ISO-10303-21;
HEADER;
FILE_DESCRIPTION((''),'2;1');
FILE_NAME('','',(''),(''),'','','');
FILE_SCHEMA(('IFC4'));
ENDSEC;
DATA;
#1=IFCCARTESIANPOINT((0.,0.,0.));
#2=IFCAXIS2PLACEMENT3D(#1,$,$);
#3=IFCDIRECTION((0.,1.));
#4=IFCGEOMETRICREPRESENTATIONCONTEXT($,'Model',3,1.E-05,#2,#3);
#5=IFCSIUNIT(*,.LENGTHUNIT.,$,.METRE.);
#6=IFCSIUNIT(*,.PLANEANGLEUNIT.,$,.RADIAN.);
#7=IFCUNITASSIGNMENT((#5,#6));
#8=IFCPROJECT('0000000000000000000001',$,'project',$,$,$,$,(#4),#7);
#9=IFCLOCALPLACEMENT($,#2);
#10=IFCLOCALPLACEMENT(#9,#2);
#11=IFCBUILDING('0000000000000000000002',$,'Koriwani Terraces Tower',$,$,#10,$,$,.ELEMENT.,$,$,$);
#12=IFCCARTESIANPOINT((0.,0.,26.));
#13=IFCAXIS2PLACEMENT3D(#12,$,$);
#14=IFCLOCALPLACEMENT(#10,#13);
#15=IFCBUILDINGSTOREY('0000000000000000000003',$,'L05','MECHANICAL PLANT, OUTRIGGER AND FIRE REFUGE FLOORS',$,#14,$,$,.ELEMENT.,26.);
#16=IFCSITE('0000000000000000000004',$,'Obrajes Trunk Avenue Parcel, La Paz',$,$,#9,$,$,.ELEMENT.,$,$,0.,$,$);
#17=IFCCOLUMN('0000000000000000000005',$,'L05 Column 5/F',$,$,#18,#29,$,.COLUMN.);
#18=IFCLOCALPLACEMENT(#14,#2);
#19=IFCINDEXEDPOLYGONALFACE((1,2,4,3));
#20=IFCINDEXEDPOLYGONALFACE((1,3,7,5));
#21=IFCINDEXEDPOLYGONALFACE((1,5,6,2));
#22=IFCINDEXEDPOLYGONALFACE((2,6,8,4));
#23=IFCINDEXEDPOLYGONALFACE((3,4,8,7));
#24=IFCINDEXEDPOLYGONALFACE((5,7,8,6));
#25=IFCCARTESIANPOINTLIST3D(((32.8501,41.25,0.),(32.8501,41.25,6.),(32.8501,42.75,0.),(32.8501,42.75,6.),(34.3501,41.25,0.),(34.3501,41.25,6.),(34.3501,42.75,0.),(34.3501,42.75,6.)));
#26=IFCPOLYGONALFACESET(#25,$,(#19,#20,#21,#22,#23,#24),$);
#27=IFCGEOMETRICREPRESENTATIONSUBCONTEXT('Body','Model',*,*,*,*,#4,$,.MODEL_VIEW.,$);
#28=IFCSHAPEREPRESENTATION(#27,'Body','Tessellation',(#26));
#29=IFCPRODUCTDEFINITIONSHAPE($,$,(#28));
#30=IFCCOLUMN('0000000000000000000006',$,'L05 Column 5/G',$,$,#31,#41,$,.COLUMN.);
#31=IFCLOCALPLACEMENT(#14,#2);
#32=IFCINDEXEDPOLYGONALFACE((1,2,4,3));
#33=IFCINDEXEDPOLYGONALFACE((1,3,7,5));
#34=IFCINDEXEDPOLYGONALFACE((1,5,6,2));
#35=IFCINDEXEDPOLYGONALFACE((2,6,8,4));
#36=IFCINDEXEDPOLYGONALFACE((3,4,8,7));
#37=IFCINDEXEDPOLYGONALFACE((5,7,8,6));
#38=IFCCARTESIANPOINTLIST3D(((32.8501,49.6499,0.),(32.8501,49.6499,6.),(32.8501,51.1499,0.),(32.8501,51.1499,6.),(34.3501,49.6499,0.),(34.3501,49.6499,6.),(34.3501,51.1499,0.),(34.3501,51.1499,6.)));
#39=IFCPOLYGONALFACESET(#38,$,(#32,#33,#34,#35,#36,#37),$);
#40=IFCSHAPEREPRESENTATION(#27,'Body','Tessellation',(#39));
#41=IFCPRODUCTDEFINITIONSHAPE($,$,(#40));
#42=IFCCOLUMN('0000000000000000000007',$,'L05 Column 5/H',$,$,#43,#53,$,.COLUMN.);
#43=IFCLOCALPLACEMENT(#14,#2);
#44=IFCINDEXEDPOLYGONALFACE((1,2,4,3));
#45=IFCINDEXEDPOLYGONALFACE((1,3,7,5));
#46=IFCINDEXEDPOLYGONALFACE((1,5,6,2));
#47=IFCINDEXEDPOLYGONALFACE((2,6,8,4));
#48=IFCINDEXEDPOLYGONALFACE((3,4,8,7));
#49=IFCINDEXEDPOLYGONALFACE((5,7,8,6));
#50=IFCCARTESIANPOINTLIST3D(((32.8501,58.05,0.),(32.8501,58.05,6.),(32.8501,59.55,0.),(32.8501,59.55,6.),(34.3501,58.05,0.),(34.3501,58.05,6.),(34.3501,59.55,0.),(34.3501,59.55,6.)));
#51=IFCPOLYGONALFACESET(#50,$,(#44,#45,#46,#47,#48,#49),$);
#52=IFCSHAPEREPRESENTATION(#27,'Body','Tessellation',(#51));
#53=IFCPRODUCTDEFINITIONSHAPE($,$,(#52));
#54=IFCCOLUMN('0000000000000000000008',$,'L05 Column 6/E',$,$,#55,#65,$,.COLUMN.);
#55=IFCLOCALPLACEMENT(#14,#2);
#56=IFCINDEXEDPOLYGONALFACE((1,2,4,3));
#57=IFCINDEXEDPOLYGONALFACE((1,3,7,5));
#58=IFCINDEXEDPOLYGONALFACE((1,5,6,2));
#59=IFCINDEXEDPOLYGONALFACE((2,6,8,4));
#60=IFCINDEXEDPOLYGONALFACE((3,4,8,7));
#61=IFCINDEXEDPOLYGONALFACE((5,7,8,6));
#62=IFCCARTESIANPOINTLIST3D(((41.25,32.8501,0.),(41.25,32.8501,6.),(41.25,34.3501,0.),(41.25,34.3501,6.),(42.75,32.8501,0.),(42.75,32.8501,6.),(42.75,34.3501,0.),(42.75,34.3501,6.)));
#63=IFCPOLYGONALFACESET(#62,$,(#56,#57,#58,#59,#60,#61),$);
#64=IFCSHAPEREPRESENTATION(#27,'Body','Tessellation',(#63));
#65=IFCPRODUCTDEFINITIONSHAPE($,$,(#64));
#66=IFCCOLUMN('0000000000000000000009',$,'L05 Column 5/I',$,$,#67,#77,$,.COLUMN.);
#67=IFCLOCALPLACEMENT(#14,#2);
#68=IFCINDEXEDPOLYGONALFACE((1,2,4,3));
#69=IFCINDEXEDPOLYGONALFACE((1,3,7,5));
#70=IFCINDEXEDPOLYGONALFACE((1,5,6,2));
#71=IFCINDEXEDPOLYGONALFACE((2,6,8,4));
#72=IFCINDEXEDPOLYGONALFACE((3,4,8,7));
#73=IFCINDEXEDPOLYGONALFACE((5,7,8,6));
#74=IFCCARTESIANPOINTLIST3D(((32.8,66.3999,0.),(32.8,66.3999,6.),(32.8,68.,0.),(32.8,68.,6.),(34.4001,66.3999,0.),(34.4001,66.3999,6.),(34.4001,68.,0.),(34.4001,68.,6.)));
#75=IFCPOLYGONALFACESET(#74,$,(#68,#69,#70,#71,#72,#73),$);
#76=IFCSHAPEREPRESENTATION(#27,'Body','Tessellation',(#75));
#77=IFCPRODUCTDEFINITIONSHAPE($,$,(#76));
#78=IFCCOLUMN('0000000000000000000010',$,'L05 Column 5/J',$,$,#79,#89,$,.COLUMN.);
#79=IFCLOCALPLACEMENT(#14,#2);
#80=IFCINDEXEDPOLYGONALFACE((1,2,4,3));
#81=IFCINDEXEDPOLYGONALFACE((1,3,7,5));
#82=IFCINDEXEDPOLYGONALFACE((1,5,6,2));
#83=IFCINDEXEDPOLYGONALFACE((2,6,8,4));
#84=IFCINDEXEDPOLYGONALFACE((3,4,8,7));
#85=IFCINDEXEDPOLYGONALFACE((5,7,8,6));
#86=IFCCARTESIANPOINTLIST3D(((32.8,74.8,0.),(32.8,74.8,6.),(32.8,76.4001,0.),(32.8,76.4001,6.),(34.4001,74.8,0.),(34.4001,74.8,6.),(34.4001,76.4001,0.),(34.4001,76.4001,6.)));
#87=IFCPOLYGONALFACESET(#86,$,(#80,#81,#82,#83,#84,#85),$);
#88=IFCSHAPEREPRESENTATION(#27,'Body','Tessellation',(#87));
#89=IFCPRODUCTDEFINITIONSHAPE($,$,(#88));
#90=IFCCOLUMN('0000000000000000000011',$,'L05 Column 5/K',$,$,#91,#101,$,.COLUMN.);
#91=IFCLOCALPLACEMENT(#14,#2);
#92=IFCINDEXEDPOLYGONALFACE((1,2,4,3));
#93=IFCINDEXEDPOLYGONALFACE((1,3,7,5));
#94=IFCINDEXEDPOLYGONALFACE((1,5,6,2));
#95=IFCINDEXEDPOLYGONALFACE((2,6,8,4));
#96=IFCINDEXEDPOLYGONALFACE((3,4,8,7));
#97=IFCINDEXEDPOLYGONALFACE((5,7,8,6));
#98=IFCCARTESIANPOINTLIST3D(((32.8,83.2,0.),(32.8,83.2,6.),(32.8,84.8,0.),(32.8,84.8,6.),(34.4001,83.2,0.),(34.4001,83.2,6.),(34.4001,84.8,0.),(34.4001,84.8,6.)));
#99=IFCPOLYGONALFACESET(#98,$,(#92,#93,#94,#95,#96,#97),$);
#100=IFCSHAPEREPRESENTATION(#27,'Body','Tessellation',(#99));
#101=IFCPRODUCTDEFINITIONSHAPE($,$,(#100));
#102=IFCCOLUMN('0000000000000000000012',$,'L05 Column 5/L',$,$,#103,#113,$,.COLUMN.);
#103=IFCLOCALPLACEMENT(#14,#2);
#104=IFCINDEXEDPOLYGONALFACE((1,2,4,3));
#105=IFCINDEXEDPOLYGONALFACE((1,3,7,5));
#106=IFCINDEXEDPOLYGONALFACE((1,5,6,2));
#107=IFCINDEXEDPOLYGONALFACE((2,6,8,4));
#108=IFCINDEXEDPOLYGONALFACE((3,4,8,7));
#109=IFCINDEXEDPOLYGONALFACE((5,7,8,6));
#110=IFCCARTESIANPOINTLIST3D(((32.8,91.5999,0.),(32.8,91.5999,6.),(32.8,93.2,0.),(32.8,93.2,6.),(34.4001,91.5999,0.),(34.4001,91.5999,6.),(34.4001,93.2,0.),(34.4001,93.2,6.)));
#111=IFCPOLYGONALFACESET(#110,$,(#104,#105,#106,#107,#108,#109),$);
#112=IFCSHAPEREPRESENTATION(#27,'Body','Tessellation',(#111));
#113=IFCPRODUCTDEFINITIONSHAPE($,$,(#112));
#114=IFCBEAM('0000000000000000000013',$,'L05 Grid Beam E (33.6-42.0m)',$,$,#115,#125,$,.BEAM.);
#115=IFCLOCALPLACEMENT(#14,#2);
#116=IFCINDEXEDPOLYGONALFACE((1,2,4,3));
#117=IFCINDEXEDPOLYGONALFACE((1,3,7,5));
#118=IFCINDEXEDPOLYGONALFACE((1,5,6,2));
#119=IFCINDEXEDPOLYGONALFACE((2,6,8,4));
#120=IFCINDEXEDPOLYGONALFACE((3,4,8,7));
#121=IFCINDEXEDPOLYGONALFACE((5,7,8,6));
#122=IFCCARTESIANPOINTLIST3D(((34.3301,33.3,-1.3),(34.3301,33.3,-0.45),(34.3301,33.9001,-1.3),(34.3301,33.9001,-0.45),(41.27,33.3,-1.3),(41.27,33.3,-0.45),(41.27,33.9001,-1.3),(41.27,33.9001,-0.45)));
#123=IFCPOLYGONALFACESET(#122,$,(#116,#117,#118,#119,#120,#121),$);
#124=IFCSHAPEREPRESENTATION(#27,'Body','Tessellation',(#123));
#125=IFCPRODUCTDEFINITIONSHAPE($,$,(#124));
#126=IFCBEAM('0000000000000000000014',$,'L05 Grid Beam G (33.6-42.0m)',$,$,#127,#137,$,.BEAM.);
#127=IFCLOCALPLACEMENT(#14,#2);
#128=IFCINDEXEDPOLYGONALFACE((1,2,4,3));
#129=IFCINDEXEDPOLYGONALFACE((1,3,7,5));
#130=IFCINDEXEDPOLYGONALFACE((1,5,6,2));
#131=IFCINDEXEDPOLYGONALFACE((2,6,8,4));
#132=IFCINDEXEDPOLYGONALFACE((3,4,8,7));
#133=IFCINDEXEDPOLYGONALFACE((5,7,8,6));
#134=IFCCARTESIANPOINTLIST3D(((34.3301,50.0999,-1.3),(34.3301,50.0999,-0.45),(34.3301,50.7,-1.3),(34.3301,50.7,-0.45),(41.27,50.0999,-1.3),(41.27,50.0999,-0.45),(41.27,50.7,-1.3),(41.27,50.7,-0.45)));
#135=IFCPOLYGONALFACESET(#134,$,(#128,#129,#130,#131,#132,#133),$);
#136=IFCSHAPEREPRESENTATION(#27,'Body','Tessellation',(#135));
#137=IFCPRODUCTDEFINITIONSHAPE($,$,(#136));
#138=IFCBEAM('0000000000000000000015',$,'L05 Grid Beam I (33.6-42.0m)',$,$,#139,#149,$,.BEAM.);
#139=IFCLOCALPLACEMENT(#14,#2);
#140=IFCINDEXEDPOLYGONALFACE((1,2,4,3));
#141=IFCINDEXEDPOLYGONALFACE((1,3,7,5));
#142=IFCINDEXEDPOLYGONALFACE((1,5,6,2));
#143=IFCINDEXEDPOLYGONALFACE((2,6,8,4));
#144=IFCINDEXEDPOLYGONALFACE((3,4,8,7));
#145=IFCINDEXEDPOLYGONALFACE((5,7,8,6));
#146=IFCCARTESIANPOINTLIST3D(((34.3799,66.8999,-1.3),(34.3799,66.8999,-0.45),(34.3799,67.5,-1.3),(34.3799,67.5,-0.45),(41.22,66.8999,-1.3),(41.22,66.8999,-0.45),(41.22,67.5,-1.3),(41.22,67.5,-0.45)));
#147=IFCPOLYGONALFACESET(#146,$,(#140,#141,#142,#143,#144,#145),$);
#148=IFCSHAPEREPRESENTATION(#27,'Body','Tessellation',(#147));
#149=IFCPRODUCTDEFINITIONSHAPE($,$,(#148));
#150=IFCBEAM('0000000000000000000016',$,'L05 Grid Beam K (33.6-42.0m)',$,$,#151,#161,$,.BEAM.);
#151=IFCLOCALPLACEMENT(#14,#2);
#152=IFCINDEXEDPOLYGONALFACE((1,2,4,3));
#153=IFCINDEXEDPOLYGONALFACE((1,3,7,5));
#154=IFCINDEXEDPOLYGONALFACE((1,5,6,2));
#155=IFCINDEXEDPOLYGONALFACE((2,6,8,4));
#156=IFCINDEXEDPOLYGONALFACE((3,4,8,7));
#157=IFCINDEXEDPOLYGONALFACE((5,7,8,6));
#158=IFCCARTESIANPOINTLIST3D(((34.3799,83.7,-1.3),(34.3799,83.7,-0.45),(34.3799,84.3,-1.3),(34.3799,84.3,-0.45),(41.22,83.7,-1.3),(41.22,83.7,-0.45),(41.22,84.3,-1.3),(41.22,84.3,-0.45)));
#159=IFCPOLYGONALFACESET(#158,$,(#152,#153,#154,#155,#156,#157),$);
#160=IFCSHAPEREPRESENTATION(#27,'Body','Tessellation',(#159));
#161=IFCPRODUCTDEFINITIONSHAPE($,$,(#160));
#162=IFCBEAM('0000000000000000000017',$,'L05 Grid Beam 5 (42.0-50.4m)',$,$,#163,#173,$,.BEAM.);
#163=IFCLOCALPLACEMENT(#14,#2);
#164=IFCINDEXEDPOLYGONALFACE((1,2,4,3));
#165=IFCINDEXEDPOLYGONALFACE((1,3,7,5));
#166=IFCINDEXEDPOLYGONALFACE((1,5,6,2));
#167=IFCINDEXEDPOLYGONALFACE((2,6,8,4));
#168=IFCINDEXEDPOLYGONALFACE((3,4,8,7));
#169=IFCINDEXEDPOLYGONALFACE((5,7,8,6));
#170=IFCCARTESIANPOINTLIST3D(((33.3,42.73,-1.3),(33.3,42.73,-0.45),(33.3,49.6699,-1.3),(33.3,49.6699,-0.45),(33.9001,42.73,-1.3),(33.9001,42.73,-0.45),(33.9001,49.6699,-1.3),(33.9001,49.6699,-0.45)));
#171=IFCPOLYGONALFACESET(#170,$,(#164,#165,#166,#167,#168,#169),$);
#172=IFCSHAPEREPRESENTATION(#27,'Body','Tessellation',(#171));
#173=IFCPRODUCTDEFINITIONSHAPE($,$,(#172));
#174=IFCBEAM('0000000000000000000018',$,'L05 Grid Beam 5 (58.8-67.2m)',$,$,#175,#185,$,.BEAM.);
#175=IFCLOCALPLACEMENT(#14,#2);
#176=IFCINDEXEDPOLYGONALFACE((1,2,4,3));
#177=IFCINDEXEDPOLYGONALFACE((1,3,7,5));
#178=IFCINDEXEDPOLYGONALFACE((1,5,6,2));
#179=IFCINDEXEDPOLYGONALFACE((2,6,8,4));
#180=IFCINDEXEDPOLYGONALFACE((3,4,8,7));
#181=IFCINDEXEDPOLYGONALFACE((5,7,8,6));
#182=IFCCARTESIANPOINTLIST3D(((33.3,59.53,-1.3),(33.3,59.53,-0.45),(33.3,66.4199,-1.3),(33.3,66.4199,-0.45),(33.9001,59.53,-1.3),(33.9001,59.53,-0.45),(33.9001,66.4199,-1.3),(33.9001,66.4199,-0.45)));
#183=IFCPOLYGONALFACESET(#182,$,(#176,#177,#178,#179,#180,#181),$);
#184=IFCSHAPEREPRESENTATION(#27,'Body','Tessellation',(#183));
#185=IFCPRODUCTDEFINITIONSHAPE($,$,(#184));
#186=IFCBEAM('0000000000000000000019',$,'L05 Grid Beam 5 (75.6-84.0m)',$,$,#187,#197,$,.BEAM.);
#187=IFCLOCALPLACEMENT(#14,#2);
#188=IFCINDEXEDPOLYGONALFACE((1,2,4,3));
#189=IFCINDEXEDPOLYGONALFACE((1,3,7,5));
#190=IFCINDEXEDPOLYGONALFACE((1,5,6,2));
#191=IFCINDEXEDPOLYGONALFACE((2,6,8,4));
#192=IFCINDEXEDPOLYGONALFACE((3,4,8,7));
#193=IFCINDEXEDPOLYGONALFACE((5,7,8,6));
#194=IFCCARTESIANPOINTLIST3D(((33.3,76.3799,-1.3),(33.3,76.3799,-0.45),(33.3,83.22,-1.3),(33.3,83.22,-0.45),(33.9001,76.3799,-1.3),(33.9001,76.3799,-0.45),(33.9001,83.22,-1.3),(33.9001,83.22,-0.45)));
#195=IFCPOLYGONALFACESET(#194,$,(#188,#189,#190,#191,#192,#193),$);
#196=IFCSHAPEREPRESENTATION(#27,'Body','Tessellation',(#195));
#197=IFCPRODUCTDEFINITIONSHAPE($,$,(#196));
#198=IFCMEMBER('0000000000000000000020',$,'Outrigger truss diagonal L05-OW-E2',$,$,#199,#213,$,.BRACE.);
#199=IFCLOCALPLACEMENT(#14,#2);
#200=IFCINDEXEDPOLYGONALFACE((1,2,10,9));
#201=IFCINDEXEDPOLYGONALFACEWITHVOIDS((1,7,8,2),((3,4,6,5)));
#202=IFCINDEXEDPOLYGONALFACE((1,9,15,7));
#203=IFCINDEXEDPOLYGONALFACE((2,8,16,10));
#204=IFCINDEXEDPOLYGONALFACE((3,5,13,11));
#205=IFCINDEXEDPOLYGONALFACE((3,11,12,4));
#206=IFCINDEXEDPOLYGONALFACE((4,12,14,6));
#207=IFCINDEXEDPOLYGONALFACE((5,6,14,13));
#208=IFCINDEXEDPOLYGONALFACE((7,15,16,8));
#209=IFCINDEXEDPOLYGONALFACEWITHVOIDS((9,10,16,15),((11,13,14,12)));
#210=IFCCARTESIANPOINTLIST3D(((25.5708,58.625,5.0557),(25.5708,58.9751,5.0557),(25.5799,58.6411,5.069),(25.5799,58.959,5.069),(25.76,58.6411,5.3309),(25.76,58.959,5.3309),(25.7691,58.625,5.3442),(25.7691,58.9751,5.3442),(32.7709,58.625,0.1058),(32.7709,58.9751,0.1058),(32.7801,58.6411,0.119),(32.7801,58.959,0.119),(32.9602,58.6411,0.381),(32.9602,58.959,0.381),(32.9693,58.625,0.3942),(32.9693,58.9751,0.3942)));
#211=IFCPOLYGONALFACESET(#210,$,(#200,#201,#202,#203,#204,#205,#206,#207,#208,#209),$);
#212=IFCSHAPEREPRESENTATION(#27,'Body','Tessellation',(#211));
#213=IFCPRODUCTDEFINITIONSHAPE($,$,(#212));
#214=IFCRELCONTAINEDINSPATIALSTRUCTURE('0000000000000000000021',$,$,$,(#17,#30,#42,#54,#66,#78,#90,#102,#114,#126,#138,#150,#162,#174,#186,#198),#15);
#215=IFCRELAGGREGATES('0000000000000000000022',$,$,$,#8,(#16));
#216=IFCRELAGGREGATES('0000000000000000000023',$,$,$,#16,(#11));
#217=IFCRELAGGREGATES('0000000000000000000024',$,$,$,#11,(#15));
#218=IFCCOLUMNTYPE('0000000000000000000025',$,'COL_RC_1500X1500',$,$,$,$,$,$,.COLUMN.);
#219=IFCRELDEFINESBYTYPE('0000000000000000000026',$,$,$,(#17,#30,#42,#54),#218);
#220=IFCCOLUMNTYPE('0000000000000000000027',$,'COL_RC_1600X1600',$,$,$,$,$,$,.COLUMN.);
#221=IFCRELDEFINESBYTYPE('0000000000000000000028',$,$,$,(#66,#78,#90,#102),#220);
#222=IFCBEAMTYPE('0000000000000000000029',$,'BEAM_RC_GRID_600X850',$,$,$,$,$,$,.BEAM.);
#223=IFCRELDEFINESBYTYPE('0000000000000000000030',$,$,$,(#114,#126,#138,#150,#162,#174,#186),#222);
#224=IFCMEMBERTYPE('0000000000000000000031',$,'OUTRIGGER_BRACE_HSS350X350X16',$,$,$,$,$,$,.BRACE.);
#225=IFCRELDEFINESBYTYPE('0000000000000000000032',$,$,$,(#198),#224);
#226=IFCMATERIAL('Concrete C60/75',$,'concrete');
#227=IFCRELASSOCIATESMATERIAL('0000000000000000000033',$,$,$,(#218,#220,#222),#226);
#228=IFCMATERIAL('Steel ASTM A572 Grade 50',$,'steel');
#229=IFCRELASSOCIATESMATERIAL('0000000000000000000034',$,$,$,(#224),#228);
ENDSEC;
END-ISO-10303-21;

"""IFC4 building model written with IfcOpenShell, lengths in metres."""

from ifc_helpers import new_model, si_unit, direction, frame, origin, origin_2d, place, context, subcontext, project, spatial, rectangle, hollow_rectangle, extrude, material, material_profile, profile_set, type_object, element, save


model = new_model("IFC4")

# Units and contexts
model_context = context("Model", 3, precision=1e-05, world=origin(), true_north=direction((0.0, 1.0)))
body_context = subcontext(model_context, "Body", "Model", "MODEL_VIEW")
ifc_project = project(units=[si_unit("LENGTHUNIT", "METRE"), si_unit("PLANEANGLEUNIT", "RADIAN")], contexts=[model_context])

# Site, building, storey
site_placement = place(None, origin())
site = spatial("IfcSite", under=ifc_project, at=site_placement, Name="Obrajes Trunk Avenue Parcel, La Paz", CompositionType="ELEMENT", RefElevation=0.0)
building_placement = place(site_placement, origin())
building = spatial("IfcBuilding", under=site, at=building_placement, Name="Koriwani Terraces Tower", CompositionType="ELEMENT")
storey_placement = place(building_placement, frame((0.0, 0.0, 26.0)))
storey = spatial("IfcBuildingStorey", under=building, at=storey_placement, Name="L05", Description="MECHANICAL PLANT, OUTRIGGER AND FIRE REFUGE FLOORS", CompositionType="ELEMENT", Elevation=26.0)

# Columns
ifc_material_1 = material(Name="Concrete C60/75", Category="concrete")
ifc_material_profile_1 = material_profile(ifc_material_1, rectangle(XDim=1.5, YDim=1.5, at=origin_2d()), Name="Concrete C60/75", Category="LoadBearing")
ifc_profile_set_1 = profile_set([ifc_material_profile_1], Name="Concrete C60/75")
column_type_1 = type_object("IfcColumnType", Name="COL_RC_1500X1500", PredefinedType="COLUMN", material=ifc_profile_set_1)
for number, where, z_axis, x_axis, name in (
    (1, (33.6001, 42.0, 0.0), (0.0, 0.0, 1.0), (1.0, 0.0, 0.0), "L05 Column 5/F"),
    (2, (33.6001, 50.3999, 0.0), (0.0, 0.0, 1.0), (1.0, 0.0, 0.0), "L05 Column 5/G"),
    (3, (33.6001, 58.8, 0.0), (0.0, 0.0, 1.0), (1.0, 0.0, 0.0), "L05 Column 5/H"),
    (4, (42.0, 33.6001, 0.0), (0.0, 0.0, 1.0), (1.0, 0.0, 0.0), "L05 Column 6/E"),
):
    element("IfcColumn", number, at=place(storey_placement, frame(where, z_axis=z_axis, x_axis=x_axis)), inside=storey, type_object=column_type_1, Name=name, PredefinedType="COLUMN", context=body_context, shape_type="SweptSolid", body=[
        extrude(rectangle(XDim=1.5, YDim=1.5, at=origin_2d()), origin(), (0.0, 0.0, 1.0), 6.0),
    ])
ifc_material_profile_2 = material_profile(ifc_material_1, rectangle(XDim=1.6001, YDim=1.6001, at=origin_2d()), Name="Concrete C60/75", Category="LoadBearing")
ifc_profile_set_2 = profile_set([ifc_material_profile_2], Name="Concrete C60/75")
column_type_2 = type_object("IfcColumnType", Name="COL_RC_1600X1600", PredefinedType="COLUMN", material=ifc_profile_set_2)
for number, where, z_axis, x_axis, name in (
    (5, (33.6001, 67.2, 0.0), (0.0, 0.0, 1.0), (1.0, 0.0, 0.0), "L05 Column 5/I"),
    (6, (33.6001, 75.6001, 0.0), (0.0, 0.0, 1.0), (1.0, 0.0, 0.0), "L05 Column 5/J"),
    (7, (33.6001, 84.0, 0.0), (0.0, 0.0, 1.0), (1.0, 0.0, 0.0), "L05 Column 5/K"),
    (8, (33.6001, 92.3999, 0.0), (0.0, 0.0, 1.0), (1.0, 0.0, 0.0), "L05 Column 5/L"),
):
    element("IfcColumn", number, at=place(storey_placement, frame(where, z_axis=z_axis, x_axis=x_axis)), inside=storey, type_object=column_type_2, Name=name, PredefinedType="COLUMN", context=body_context, shape_type="SweptSolid", body=[
        extrude(rectangle(XDim=1.6001, YDim=1.6001, at=origin_2d()), origin(), (0.0, 0.0, 1.0), 6.0),
    ])

# Beams
ifc_material_profile_3 = material_profile(ifc_material_1, rectangle(XDim=0.6001, YDim=0.8501, at=origin_2d()), Name="Concrete C60/75", Category="LoadBearing")
ifc_profile_set_3 = profile_set([ifc_material_profile_3], Name="Concrete C60/75")
beam_type_1 = type_object("IfcBeamType", Name="BEAM_RC_GRID_600X850", PredefinedType="BEAM", material=ifc_profile_set_3)
for number, where, z_axis, x_axis, name in (
    (9, (34.3301, 33.6001, -0.875), (1.0, 0.0, 0.0), (0.0, 1.0, 0.0), "L05 Grid Beam E (33.6-42.0m)"),
    (10, (34.3301, 50.3999, -0.875), (1.0, 0.0, 0.0), (0.0, 1.0, 0.0), "L05 Grid Beam G (33.6-42.0m)"),
):
    element("IfcBeam", number, at=place(storey_placement, frame(where, z_axis=z_axis, x_axis=x_axis)), inside=storey, type_object=beam_type_1, Name=name, PredefinedType="BEAM", context=body_context, shape_type="SweptSolid", body=[
        extrude(rectangle(XDim=0.6001, YDim=0.8501, at=origin_2d()), origin(), (0.0, 0.0, 1.0), 6.9399),
    ])
for number, where, z_axis, x_axis, name in (
    (11, (34.3799, 67.2, -0.875), (1.0, 0.0, 0.0), (0.0, 1.0, 0.0), "L05 Grid Beam I (33.6-42.0m)"),
    (12, (34.3799, 84.0, -0.875), (1.0, 0.0, 0.0), (0.0, 1.0, 0.0), "L05 Grid Beam K (33.6-42.0m)"),
):
    element("IfcBeam", number, at=place(storey_placement, frame(where, z_axis=z_axis, x_axis=x_axis)), inside=storey, type_object=beam_type_1, Name=name, PredefinedType="BEAM", context=body_context, shape_type="SweptSolid", body=[
        extrude(rectangle(XDim=0.6001, YDim=0.8501, at=origin_2d()), origin(), (0.0, 0.0, 1.0), 6.8401),
    ])
beam_1_placement = place(storey_placement, frame((33.6001, 42.73, -0.875), z_axis=(0.0, 1.0, 0.0), x_axis=(-1.0, 0.0, 0.0)))
element("IfcBeam", 13, at=beam_1_placement, inside=storey, type_object=beam_type_1, Name="L05 Grid Beam 5 (42.0-50.4m)", PredefinedType="BEAM", context=body_context, shape_type="SweptSolid", body=[
    extrude(rectangle(XDim=0.6001, YDim=0.8501, at=origin_2d()), origin(), (0.0, 0.0, 1.0), 6.9399),
])
beam_2_placement = place(storey_placement, frame((33.6001, 59.53, -0.875), z_axis=(0.0, 1.0, 0.0), x_axis=(-1.0, 0.0, 0.0)))
element("IfcBeam", 14, at=beam_2_placement, inside=storey, type_object=beam_type_1, Name="L05 Grid Beam 5 (58.8-67.2m)", PredefinedType="BEAM", context=body_context, shape_type="SweptSolid", body=[
    extrude(rectangle(XDim=0.6001, YDim=0.8501, at=origin_2d()), origin(), (0.0, 0.0, 1.0), 6.8899),
])
beam_3_placement = place(storey_placement, frame((33.6001, 76.3799, -0.875), z_axis=(0.0, 1.0, 0.0), x_axis=(-1.0, 0.0, 0.0)))
element("IfcBeam", 15, at=beam_3_placement, inside=storey, type_object=beam_type_1, Name="L05 Grid Beam 5 (75.6-84.0m)", PredefinedType="BEAM", context=body_context, shape_type="SweptSolid", body=[
    extrude(rectangle(XDim=0.6001, YDim=0.8501, at=origin_2d()), origin(), (0.0, 0.0, 1.0), 6.8401),
])

# Member
ifc_material_2 = material(Name="Steel ASTM A572 Grade 50", Category="steel")
ifc_material_profile_4 = material_profile(ifc_material_2, hollow_rectangle(XDim=0.3501, YDim=0.3501, WallThickness=0.0161, at=origin_2d()), Name="Steel ASTM A572 Grade 50", Category="LoadBearing")
ifc_profile_set_4 = profile_set([ifc_material_profile_4], Name="Steel ASTM A572 Grade 50")
member_type = type_object("IfcMemberType", Name="OUTRIGGER_BRACE_HSS350X350X16", PredefinedType="BRACE", material=ifc_profile_set_4)
member_placement = place(storey_placement, frame((32.8701, 58.8, 0.25), z_axis=(-0.824052, 0.0, 0.566515), x_axis=(0.0, -1.0, 0.0)))
element("IfcMember", 16, at=member_placement, inside=storey, type_object=member_type, Name="Outrigger truss diagonal L05-OW-E2", PredefinedType="BRACE", context=body_context, shape_type="SweptSolid", body=[
    extrude(hollow_rectangle(XDim=0.3501, YDim=0.3501, WallThickness=0.0161, at=origin_2d()), origin(), (0.0, 0.0, 1.0), 8.7375),
])

save(model, "model.ifc")
